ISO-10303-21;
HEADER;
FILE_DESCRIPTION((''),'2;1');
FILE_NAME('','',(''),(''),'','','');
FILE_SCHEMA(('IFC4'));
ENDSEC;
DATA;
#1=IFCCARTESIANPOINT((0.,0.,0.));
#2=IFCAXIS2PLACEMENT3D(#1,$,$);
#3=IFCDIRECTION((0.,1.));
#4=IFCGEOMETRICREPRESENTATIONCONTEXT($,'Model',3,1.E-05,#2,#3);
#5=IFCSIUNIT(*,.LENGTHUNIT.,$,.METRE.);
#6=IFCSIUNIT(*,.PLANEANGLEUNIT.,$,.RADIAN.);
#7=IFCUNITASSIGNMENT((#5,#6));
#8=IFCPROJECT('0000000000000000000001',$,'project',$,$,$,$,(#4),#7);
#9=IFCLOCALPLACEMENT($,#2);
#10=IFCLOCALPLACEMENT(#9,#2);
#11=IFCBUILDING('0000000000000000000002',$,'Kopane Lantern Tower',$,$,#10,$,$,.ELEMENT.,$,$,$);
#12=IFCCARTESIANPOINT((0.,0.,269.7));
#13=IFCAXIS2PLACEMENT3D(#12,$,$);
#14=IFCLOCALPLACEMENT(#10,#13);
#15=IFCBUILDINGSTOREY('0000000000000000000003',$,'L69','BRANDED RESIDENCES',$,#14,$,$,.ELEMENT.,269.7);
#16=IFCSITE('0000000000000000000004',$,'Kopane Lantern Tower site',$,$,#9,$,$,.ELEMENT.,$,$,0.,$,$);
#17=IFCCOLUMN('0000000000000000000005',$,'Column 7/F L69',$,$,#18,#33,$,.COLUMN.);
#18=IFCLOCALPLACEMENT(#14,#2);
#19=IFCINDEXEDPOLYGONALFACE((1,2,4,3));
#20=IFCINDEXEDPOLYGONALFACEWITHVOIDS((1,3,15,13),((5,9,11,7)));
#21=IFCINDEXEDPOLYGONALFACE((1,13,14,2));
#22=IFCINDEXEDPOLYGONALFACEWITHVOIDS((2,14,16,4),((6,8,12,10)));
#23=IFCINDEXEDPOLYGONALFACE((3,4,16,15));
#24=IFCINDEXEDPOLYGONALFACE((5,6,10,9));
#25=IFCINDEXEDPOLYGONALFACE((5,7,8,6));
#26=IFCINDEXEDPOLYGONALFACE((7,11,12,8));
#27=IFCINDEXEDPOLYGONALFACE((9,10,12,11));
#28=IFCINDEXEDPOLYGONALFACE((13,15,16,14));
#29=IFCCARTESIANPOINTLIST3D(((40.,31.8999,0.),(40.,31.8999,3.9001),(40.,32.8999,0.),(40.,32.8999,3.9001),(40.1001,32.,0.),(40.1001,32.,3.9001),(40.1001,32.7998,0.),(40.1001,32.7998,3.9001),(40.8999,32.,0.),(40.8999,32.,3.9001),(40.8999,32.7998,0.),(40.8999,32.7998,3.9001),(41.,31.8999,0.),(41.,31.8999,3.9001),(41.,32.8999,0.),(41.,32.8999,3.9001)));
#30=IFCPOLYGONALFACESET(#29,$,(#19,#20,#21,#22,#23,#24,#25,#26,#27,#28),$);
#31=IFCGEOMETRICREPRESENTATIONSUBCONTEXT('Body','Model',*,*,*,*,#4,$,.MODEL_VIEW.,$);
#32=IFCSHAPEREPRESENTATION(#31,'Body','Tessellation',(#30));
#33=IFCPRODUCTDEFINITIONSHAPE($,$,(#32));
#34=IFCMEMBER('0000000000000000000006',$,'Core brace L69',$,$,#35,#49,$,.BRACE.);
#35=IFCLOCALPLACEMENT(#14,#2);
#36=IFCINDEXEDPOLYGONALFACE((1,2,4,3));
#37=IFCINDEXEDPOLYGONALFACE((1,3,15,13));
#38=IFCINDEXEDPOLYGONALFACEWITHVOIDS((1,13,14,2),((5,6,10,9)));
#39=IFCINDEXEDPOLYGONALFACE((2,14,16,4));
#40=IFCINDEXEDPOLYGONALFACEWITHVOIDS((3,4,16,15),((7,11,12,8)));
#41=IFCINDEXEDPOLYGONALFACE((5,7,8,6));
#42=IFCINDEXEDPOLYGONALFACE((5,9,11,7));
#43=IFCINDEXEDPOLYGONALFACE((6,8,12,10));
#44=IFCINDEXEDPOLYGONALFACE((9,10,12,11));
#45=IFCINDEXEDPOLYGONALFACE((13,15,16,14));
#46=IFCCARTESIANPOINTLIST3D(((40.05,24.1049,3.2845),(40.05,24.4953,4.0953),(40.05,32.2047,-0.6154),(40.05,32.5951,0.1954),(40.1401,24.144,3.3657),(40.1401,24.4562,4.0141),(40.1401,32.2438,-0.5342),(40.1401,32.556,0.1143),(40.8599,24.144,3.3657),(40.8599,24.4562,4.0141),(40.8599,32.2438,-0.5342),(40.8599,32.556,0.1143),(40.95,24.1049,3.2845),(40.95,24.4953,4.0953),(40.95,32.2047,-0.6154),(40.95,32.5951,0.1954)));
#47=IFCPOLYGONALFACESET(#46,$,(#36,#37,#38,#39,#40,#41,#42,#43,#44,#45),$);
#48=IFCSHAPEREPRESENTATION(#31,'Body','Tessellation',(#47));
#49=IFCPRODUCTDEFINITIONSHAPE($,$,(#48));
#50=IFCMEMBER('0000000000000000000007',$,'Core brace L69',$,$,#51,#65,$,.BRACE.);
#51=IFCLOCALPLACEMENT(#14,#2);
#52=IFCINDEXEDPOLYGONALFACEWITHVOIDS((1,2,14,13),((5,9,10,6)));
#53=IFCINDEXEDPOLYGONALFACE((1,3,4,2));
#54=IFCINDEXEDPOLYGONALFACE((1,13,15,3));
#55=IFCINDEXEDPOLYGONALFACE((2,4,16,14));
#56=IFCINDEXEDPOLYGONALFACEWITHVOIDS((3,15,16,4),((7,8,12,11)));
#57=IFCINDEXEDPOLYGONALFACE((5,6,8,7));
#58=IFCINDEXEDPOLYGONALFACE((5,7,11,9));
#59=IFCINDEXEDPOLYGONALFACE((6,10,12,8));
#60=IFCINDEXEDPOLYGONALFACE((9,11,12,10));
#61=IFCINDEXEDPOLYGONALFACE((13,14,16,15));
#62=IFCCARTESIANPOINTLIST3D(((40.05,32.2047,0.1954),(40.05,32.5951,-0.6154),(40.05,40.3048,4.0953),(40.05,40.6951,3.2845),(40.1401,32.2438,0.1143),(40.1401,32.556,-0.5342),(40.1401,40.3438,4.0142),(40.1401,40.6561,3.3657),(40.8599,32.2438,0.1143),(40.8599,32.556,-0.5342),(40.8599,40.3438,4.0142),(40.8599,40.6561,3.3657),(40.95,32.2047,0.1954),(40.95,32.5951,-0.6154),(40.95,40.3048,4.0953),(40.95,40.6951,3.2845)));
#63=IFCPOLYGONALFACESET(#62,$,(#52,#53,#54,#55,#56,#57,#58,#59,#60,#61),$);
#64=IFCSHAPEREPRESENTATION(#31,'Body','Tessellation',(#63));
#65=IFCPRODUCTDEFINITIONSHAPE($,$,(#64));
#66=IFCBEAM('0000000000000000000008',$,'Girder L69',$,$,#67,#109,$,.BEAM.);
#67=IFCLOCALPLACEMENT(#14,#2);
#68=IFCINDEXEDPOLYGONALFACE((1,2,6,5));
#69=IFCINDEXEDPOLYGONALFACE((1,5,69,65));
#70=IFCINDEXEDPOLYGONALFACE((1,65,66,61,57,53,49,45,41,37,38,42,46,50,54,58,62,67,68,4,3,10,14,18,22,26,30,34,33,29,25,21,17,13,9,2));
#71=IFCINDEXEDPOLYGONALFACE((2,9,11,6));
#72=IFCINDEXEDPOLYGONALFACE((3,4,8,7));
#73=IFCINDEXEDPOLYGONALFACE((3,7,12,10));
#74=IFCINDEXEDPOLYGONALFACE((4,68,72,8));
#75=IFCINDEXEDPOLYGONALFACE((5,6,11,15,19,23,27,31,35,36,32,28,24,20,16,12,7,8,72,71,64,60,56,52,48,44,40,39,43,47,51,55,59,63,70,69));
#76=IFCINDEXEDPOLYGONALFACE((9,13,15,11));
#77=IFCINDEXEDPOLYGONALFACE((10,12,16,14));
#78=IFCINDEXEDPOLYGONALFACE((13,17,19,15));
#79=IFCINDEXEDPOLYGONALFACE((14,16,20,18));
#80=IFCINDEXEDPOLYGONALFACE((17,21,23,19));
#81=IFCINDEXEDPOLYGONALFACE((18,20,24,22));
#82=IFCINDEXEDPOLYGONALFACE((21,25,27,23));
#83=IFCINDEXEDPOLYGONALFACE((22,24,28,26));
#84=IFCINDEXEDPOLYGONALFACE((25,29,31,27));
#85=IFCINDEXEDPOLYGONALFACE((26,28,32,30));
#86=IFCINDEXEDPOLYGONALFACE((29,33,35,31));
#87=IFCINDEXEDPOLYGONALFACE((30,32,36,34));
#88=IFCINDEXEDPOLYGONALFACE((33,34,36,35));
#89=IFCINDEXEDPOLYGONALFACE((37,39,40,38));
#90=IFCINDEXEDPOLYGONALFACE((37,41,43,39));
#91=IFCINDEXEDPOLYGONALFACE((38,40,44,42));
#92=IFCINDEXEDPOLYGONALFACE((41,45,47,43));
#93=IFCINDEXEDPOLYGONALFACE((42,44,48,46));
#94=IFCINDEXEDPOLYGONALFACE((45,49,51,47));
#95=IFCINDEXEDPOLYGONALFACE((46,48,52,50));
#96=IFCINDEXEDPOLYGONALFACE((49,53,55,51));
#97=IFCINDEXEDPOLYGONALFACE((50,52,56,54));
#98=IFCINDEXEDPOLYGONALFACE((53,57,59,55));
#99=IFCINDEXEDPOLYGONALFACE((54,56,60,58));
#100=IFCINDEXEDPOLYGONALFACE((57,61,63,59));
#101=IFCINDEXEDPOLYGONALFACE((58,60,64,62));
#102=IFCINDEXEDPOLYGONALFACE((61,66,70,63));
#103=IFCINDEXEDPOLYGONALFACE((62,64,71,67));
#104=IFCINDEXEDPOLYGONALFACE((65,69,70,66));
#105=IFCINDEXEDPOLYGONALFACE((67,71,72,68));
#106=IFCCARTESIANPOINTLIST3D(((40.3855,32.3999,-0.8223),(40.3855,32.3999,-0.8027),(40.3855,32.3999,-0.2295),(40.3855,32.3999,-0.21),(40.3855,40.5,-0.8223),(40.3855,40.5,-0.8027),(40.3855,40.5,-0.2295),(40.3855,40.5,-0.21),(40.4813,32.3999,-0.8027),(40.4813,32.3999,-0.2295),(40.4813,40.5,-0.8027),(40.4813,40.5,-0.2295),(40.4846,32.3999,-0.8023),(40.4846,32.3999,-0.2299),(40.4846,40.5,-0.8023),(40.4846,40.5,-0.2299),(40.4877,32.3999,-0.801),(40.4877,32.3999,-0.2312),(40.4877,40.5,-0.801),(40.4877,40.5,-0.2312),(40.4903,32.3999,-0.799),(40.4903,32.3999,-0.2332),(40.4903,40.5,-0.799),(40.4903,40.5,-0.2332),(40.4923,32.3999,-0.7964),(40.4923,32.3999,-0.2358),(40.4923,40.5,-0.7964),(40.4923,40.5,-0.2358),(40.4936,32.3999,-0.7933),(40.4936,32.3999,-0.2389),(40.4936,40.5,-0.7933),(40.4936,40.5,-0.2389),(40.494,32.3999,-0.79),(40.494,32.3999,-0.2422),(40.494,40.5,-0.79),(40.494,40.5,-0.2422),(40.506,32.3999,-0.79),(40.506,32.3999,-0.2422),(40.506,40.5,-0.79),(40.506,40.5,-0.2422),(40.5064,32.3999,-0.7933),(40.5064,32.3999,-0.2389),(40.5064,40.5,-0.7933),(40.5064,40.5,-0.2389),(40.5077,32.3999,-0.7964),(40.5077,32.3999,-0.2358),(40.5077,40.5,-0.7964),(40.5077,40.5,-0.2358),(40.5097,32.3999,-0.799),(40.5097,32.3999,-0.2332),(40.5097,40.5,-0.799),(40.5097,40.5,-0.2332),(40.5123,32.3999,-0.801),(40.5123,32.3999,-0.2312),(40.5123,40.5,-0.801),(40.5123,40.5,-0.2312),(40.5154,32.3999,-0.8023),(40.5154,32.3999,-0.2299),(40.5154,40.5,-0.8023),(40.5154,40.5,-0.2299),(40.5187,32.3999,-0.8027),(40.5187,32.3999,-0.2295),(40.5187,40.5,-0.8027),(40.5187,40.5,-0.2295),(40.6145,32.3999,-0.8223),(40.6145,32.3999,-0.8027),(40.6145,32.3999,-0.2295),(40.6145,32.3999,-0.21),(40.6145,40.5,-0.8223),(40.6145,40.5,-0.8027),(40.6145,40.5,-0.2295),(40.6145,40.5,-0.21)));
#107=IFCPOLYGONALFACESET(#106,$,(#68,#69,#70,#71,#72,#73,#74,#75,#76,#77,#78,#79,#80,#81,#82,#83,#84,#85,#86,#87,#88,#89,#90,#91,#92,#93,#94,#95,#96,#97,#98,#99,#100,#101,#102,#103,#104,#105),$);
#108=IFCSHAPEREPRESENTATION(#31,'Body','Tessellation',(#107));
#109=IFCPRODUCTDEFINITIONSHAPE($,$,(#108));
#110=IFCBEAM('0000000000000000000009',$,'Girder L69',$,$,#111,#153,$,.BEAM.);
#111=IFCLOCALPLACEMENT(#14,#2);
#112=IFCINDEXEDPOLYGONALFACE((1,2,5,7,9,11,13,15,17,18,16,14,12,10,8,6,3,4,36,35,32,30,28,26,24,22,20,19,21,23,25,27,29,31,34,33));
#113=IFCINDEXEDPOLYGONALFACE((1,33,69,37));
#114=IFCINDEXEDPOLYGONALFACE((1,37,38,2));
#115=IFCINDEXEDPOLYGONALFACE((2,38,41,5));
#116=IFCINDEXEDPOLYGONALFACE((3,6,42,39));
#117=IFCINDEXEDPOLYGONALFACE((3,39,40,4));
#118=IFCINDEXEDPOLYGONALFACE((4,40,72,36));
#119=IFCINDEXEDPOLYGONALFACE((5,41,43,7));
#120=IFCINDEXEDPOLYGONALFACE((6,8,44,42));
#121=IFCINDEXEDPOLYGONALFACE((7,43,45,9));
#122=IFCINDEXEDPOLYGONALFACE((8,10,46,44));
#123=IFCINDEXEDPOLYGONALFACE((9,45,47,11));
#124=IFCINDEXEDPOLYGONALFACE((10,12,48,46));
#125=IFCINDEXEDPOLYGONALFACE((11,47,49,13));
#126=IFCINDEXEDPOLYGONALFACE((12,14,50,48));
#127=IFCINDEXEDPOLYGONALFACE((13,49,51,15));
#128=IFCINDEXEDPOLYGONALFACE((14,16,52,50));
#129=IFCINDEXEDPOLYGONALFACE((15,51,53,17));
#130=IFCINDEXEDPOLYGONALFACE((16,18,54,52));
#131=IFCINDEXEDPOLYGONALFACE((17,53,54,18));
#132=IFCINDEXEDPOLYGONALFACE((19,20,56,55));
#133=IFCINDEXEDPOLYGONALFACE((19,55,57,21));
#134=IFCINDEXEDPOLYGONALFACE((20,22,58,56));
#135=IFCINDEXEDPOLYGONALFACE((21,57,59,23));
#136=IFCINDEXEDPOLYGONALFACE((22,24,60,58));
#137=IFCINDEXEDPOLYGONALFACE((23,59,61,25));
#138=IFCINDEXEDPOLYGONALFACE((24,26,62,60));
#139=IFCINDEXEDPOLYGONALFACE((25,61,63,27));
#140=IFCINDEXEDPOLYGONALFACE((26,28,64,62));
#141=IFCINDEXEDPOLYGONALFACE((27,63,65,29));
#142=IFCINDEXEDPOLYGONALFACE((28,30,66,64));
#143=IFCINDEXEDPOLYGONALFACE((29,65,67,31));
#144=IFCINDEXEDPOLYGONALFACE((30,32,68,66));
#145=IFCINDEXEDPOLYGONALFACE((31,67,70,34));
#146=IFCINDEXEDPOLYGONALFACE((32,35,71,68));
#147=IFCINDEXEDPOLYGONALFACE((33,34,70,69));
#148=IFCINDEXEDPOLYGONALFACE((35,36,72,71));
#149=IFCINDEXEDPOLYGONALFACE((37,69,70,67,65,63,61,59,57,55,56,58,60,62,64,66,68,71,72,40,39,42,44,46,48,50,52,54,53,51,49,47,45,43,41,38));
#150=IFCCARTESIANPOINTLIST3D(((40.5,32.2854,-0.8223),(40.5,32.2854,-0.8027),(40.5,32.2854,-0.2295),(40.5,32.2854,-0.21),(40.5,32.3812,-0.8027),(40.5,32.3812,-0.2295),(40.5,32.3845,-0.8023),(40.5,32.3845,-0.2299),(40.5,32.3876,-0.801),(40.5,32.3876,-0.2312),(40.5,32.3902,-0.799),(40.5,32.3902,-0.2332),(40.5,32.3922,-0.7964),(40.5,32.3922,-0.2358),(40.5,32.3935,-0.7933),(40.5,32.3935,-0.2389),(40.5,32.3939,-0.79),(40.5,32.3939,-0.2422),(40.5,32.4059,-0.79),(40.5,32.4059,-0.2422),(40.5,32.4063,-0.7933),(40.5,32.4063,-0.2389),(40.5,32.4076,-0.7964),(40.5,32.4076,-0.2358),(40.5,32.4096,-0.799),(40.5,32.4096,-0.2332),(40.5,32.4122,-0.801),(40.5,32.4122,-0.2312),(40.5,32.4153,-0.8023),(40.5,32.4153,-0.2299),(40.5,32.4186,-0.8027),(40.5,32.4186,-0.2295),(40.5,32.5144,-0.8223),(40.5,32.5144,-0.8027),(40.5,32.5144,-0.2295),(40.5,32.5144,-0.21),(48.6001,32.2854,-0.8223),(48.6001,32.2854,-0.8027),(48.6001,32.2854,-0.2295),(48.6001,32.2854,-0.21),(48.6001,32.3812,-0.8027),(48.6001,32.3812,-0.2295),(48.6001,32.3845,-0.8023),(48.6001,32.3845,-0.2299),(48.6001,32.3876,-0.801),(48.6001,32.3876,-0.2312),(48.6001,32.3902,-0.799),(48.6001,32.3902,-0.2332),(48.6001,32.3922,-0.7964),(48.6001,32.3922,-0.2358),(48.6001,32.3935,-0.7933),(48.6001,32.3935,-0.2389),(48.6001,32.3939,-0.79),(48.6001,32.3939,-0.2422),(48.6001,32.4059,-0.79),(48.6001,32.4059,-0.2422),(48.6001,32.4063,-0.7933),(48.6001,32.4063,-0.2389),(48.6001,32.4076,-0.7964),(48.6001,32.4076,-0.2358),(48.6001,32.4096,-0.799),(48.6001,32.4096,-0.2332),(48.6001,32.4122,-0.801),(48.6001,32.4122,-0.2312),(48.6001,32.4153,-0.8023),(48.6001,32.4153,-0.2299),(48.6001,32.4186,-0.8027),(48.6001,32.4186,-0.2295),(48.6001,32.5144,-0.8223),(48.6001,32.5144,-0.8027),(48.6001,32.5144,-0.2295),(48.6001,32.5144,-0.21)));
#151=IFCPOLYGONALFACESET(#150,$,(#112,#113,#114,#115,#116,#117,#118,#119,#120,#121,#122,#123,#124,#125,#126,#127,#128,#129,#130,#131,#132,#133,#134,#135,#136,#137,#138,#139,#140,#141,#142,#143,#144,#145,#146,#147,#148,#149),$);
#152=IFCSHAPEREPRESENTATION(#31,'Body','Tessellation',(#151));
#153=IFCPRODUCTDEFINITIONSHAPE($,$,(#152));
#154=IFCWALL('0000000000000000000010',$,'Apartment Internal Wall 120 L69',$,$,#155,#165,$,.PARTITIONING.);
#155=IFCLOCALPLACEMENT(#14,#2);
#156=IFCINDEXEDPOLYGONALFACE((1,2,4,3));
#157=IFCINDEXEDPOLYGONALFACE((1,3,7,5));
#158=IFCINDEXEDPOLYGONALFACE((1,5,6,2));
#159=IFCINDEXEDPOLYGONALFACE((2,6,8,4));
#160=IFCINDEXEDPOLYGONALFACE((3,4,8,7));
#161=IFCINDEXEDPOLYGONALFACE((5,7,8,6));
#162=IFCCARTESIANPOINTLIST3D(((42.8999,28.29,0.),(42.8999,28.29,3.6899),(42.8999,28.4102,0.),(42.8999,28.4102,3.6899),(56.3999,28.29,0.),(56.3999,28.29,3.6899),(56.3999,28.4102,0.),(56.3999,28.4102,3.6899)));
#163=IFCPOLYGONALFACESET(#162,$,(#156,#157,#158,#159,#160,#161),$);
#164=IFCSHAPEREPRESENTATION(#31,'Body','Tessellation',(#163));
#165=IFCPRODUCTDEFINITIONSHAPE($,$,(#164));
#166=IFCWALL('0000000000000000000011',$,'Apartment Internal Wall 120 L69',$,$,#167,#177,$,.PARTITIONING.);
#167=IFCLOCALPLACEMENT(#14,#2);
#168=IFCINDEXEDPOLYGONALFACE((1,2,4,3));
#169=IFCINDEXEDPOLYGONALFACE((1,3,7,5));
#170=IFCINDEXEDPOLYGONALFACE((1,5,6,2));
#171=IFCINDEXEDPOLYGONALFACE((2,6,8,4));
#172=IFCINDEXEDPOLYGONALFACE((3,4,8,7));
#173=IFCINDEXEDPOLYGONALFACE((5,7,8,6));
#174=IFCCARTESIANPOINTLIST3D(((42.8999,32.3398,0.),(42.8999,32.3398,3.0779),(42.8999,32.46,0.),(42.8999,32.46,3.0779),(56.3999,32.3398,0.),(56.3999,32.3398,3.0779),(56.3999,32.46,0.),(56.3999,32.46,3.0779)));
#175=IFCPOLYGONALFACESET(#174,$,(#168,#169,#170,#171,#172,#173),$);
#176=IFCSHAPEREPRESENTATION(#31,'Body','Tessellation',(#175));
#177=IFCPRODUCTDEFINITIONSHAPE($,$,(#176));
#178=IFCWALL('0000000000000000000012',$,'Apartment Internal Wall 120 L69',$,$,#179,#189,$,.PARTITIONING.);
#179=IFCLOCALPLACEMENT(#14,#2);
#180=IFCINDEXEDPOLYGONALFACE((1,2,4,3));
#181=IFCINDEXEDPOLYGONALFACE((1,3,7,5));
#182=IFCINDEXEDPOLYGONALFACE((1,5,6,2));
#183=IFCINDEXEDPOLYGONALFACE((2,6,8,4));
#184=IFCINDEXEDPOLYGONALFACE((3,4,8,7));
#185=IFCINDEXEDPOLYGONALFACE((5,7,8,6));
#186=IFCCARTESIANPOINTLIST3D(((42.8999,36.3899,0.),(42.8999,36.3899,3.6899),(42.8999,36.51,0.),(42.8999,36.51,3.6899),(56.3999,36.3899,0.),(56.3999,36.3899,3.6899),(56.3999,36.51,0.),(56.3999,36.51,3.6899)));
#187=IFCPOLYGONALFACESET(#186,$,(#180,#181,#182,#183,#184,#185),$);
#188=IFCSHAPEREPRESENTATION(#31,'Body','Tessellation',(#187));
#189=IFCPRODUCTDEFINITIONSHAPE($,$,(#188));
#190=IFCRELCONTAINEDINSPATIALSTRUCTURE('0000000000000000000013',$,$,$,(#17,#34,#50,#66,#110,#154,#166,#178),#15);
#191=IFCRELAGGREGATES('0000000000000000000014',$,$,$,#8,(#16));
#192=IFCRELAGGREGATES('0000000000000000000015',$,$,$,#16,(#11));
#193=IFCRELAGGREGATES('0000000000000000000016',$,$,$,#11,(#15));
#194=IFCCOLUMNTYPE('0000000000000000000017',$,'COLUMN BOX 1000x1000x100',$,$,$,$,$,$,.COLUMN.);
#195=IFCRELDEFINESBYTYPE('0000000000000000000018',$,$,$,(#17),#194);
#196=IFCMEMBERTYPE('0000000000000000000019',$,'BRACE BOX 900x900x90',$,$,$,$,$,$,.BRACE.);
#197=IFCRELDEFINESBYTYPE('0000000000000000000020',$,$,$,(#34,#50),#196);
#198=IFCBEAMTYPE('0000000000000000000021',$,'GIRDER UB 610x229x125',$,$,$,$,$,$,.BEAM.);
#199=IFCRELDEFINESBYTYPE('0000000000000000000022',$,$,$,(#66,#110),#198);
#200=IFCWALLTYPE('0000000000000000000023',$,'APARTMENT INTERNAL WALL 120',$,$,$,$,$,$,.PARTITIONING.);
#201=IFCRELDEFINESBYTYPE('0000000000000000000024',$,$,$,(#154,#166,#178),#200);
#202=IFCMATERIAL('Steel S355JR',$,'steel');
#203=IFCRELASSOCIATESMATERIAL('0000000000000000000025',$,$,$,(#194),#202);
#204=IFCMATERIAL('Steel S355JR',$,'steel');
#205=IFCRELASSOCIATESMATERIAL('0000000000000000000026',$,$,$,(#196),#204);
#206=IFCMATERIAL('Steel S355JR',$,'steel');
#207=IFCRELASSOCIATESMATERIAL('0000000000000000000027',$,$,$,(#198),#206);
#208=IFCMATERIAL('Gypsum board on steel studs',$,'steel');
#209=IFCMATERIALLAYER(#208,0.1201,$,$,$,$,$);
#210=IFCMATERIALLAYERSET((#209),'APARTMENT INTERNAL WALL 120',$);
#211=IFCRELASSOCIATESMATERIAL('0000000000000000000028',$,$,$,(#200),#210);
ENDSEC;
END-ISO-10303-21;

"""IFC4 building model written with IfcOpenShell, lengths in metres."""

from ifc_helpers import new_model, si_unit, direction, frame, frame_2d, origin, origin_2d, place, context, subcontext, project, spatial, rectangle, hollow_rectangle, i_section, extrude, material, layer, layer_set, material_profile, profile_set, type_object, element, save


model = new_model("IFC4")

# Units and contexts
model_context = context("Model", 3, precision=1e-05, world=origin(), true_north=direction((0.0, 1.0)))
body_context = subcontext(model_context, "Body", "Model", "MODEL_VIEW")
ifc_project = project(units=[si_unit("LENGTHUNIT", "METRE"), si_unit("PLANEANGLEUNIT", "RADIAN")], contexts=[model_context])

# Site, building, storey
site_placement = place(None, origin())
site = spatial("IfcSite", under=ifc_project, at=site_placement, Name="Kopane Lantern Tower site", CompositionType="ELEMENT", RefElevation=0.0)
building_placement = place(site_placement, origin())
building = spatial("IfcBuilding", under=site, at=building_placement, Name="Kopane Lantern Tower", CompositionType="ELEMENT")
storey_placement = place(building_placement, frame((0.0, 0.0, 269.7)))
storey = spatial("IfcBuildingStorey", under=building, at=storey_placement, Name="L69", Description="BRANDED RESIDENCES", CompositionType="ELEMENT", Elevation=269.7)

# Column
ifc_material_1 = material(Name="Steel S355JR", Category="steel")
ifc_material_profile_1 = material_profile(ifc_material_1, hollow_rectangle(XDim=1.0, YDim=1.0, WallThickness=0.1001, at=origin_2d()), Name="BOX 1000x1000x100")
ifc_profile_set_1 = profile_set([ifc_material_profile_1], Name="Steel S355JR")
column_type = type_object("IfcColumnType", Name="COLUMN BOX 1000x1000x100", PredefinedType="COLUMN", material=ifc_profile_set_1)
column_placement = place(storey_placement, frame((40.5, 32.3999, 0.0), z_axis=(0.0, 0.0, 1.0), x_axis=(1.0, 0.0, 0.0)))
element("IfcColumn", 1, at=column_placement, inside=storey, type_object=column_type, Name="Column 7/F L69", PredefinedType="COLUMN", context=body_context, shape_type="SweptSolid", body=[
    extrude(hollow_rectangle(XDim=1.0, YDim=1.0, WallThickness=0.1001, at=origin_2d()), origin(), (0.0, 0.0, 1.0), 3.9001),
])

# Members
ifc_material_2 = material(Name="Steel S355JR", Category="steel")
ifc_material_profile_2 = material_profile(ifc_material_2, hollow_rectangle(XDim=0.8999, YDim=0.8999, WallThickness=0.0901, at=origin_2d()), Name="BOX 900x900x90")
ifc_profile_set_2 = profile_set([ifc_material_profile_2], Name="Steel S355JR")
member_type = type_object("IfcMemberType", Name="BRACE BOX 900x900x90", PredefinedType="BRACE", material=ifc_profile_set_2)
member_1_placement = place(storey_placement, frame((40.5, 32.3999, -0.21), z_axis=(0.0, -0.901003, 0.433813), x_axis=(1.0, 0.0, 0.0)))
element("IfcMember", 2, at=member_1_placement, inside=storey, type_object=member_type, Name="Core brace L69", PredefinedType="BRACE", context=body_context, shape_type="SweptSolid", body=[
    extrude(hollow_rectangle(XDim=0.8999, YDim=0.8999, WallThickness=0.0901, at=origin_2d()), origin(), (0.0, 0.0, 1.0), 8.9897),
])
member_2_placement = place(storey_placement, frame((40.5, 32.3999, -0.21), z_axis=(0.0, 0.901008, 0.433803), x_axis=(-1.0, 0.0, 0.0)))
element("IfcMember", 3, at=member_2_placement, inside=storey, type_object=member_type, Name="Core brace L69", PredefinedType="BRACE", context=body_context, shape_type="SweptSolid", body=[
    extrude(hollow_rectangle(XDim=0.8999, YDim=0.8999, WallThickness=0.0901, at=origin_2d()), origin(), (0.0, 0.0, 1.0), 8.99),
])

# Beams
ifc_material_3 = material(Name="Steel S355JR", Category="steel")
ifc_material_profile_3 = material_profile(ifc_material_3, i_section(OverallWidth=0.229, OverallDepth=0.6123, WebThickness=0.012, FlangeThickness=0.0195, FilletRadius=0.0127, at=origin_2d()), Name="UB 610x229x125")
ifc_profile_set_3 = profile_set([ifc_material_profile_3], Name="Steel S355JR")
beam_type = type_object("IfcBeamType", Name="GIRDER UB 610x229x125", PredefinedType="BEAM", material=ifc_profile_set_3)
for number, where, z_axis, x_axis, name in (
    (4, (40.5, 32.3999, -0.5161), (0.0, 1.0, 0.0), (-1.0, 0.0, 0.0), "Girder L69"),
    (5, (40.5, 32.3999, -0.5161), (1.0, 0.0, 0.0), (0.0, 1.0, 0.0), "Girder L69"),
):
    element("IfcBeam", number, at=place(storey_placement, frame(where, z_axis=z_axis, x_axis=x_axis)), inside=storey, type_object=beam_type, Name=name, PredefinedType="BEAM", context=body_context, shape_type="SweptSolid", body=[
        extrude(i_section(OverallWidth=0.229, OverallDepth=0.6123, WebThickness=0.012, FlangeThickness=0.0195, FilletRadius=0.0127, at=origin_2d()), origin(), (0.0, 0.0, 1.0), 8.1001),
    ])

# Walls
ifc_material_4 = material(Name="Gypsum board on steel studs", Category="steel")
ifc_layer_1 = layer(ifc_material_4, 0.1201)
ifc_layer_set_1 = layer_set([ifc_layer_1], Name="APARTMENT INTERNAL WALL 120")
wall_type_1 = type_object("IfcWallType", Name="APARTMENT INTERNAL WALL 120", PredefinedType="PARTITIONING", material=ifc_layer_set_1)
wall_1_placement = place(storey_placement, frame((42.8999, 28.3501, 0.0), z_axis=(0.0, 0.0, 1.0), x_axis=(1.0, 0.0, 0.0)))
element("IfcWall", 6, at=wall_1_placement, inside=storey, type_object=wall_type_1, Name="Apartment Internal Wall 120 L69", PredefinedType="PARTITIONING", context=body_context, shape_type="SweptSolid", body=[
    extrude(rectangle(XDim=13.5, YDim=0.1201, at=frame_2d((6.75, 0.0))), origin(), (0.0, 0.0, 1.0), 3.6899),
])
wall_2_placement = place(storey_placement, frame((42.8999, 32.3999, 0.0), z_axis=(0.0, 0.0, 1.0), x_axis=(1.0, 0.0, 0.0)))
element("IfcWall", 7, at=wall_2_placement, inside=storey, type_object=wall_type_1, Name="Apartment Internal Wall 120 L69", PredefinedType="PARTITIONING", context=body_context, shape_type="SweptSolid", body=[
    extrude(rectangle(XDim=13.5, YDim=0.1201, at=frame_2d((6.75, 0.0))), origin(), (0.0, 0.0, 1.0), 3.0779),
])
wall_3_placement = place(storey_placement, frame((42.8999, 36.45, 0.0), z_axis=(0.0, 0.0, 1.0), x_axis=(1.0, 0.0, 0.0)))
element("IfcWall", 8, at=wall_3_placement, inside=storey, type_object=wall_type_1, Name="Apartment Internal Wall 120 L69", PredefinedType="PARTITIONING", context=body_context, shape_type="SweptSolid", body=[
    extrude(rectangle(XDim=13.5, YDim=0.1201, at=frame_2d((6.75, 0.0))), origin(), (0.0, 0.0, 1.0), 3.6899),
])

save(model, "model.ifc")
